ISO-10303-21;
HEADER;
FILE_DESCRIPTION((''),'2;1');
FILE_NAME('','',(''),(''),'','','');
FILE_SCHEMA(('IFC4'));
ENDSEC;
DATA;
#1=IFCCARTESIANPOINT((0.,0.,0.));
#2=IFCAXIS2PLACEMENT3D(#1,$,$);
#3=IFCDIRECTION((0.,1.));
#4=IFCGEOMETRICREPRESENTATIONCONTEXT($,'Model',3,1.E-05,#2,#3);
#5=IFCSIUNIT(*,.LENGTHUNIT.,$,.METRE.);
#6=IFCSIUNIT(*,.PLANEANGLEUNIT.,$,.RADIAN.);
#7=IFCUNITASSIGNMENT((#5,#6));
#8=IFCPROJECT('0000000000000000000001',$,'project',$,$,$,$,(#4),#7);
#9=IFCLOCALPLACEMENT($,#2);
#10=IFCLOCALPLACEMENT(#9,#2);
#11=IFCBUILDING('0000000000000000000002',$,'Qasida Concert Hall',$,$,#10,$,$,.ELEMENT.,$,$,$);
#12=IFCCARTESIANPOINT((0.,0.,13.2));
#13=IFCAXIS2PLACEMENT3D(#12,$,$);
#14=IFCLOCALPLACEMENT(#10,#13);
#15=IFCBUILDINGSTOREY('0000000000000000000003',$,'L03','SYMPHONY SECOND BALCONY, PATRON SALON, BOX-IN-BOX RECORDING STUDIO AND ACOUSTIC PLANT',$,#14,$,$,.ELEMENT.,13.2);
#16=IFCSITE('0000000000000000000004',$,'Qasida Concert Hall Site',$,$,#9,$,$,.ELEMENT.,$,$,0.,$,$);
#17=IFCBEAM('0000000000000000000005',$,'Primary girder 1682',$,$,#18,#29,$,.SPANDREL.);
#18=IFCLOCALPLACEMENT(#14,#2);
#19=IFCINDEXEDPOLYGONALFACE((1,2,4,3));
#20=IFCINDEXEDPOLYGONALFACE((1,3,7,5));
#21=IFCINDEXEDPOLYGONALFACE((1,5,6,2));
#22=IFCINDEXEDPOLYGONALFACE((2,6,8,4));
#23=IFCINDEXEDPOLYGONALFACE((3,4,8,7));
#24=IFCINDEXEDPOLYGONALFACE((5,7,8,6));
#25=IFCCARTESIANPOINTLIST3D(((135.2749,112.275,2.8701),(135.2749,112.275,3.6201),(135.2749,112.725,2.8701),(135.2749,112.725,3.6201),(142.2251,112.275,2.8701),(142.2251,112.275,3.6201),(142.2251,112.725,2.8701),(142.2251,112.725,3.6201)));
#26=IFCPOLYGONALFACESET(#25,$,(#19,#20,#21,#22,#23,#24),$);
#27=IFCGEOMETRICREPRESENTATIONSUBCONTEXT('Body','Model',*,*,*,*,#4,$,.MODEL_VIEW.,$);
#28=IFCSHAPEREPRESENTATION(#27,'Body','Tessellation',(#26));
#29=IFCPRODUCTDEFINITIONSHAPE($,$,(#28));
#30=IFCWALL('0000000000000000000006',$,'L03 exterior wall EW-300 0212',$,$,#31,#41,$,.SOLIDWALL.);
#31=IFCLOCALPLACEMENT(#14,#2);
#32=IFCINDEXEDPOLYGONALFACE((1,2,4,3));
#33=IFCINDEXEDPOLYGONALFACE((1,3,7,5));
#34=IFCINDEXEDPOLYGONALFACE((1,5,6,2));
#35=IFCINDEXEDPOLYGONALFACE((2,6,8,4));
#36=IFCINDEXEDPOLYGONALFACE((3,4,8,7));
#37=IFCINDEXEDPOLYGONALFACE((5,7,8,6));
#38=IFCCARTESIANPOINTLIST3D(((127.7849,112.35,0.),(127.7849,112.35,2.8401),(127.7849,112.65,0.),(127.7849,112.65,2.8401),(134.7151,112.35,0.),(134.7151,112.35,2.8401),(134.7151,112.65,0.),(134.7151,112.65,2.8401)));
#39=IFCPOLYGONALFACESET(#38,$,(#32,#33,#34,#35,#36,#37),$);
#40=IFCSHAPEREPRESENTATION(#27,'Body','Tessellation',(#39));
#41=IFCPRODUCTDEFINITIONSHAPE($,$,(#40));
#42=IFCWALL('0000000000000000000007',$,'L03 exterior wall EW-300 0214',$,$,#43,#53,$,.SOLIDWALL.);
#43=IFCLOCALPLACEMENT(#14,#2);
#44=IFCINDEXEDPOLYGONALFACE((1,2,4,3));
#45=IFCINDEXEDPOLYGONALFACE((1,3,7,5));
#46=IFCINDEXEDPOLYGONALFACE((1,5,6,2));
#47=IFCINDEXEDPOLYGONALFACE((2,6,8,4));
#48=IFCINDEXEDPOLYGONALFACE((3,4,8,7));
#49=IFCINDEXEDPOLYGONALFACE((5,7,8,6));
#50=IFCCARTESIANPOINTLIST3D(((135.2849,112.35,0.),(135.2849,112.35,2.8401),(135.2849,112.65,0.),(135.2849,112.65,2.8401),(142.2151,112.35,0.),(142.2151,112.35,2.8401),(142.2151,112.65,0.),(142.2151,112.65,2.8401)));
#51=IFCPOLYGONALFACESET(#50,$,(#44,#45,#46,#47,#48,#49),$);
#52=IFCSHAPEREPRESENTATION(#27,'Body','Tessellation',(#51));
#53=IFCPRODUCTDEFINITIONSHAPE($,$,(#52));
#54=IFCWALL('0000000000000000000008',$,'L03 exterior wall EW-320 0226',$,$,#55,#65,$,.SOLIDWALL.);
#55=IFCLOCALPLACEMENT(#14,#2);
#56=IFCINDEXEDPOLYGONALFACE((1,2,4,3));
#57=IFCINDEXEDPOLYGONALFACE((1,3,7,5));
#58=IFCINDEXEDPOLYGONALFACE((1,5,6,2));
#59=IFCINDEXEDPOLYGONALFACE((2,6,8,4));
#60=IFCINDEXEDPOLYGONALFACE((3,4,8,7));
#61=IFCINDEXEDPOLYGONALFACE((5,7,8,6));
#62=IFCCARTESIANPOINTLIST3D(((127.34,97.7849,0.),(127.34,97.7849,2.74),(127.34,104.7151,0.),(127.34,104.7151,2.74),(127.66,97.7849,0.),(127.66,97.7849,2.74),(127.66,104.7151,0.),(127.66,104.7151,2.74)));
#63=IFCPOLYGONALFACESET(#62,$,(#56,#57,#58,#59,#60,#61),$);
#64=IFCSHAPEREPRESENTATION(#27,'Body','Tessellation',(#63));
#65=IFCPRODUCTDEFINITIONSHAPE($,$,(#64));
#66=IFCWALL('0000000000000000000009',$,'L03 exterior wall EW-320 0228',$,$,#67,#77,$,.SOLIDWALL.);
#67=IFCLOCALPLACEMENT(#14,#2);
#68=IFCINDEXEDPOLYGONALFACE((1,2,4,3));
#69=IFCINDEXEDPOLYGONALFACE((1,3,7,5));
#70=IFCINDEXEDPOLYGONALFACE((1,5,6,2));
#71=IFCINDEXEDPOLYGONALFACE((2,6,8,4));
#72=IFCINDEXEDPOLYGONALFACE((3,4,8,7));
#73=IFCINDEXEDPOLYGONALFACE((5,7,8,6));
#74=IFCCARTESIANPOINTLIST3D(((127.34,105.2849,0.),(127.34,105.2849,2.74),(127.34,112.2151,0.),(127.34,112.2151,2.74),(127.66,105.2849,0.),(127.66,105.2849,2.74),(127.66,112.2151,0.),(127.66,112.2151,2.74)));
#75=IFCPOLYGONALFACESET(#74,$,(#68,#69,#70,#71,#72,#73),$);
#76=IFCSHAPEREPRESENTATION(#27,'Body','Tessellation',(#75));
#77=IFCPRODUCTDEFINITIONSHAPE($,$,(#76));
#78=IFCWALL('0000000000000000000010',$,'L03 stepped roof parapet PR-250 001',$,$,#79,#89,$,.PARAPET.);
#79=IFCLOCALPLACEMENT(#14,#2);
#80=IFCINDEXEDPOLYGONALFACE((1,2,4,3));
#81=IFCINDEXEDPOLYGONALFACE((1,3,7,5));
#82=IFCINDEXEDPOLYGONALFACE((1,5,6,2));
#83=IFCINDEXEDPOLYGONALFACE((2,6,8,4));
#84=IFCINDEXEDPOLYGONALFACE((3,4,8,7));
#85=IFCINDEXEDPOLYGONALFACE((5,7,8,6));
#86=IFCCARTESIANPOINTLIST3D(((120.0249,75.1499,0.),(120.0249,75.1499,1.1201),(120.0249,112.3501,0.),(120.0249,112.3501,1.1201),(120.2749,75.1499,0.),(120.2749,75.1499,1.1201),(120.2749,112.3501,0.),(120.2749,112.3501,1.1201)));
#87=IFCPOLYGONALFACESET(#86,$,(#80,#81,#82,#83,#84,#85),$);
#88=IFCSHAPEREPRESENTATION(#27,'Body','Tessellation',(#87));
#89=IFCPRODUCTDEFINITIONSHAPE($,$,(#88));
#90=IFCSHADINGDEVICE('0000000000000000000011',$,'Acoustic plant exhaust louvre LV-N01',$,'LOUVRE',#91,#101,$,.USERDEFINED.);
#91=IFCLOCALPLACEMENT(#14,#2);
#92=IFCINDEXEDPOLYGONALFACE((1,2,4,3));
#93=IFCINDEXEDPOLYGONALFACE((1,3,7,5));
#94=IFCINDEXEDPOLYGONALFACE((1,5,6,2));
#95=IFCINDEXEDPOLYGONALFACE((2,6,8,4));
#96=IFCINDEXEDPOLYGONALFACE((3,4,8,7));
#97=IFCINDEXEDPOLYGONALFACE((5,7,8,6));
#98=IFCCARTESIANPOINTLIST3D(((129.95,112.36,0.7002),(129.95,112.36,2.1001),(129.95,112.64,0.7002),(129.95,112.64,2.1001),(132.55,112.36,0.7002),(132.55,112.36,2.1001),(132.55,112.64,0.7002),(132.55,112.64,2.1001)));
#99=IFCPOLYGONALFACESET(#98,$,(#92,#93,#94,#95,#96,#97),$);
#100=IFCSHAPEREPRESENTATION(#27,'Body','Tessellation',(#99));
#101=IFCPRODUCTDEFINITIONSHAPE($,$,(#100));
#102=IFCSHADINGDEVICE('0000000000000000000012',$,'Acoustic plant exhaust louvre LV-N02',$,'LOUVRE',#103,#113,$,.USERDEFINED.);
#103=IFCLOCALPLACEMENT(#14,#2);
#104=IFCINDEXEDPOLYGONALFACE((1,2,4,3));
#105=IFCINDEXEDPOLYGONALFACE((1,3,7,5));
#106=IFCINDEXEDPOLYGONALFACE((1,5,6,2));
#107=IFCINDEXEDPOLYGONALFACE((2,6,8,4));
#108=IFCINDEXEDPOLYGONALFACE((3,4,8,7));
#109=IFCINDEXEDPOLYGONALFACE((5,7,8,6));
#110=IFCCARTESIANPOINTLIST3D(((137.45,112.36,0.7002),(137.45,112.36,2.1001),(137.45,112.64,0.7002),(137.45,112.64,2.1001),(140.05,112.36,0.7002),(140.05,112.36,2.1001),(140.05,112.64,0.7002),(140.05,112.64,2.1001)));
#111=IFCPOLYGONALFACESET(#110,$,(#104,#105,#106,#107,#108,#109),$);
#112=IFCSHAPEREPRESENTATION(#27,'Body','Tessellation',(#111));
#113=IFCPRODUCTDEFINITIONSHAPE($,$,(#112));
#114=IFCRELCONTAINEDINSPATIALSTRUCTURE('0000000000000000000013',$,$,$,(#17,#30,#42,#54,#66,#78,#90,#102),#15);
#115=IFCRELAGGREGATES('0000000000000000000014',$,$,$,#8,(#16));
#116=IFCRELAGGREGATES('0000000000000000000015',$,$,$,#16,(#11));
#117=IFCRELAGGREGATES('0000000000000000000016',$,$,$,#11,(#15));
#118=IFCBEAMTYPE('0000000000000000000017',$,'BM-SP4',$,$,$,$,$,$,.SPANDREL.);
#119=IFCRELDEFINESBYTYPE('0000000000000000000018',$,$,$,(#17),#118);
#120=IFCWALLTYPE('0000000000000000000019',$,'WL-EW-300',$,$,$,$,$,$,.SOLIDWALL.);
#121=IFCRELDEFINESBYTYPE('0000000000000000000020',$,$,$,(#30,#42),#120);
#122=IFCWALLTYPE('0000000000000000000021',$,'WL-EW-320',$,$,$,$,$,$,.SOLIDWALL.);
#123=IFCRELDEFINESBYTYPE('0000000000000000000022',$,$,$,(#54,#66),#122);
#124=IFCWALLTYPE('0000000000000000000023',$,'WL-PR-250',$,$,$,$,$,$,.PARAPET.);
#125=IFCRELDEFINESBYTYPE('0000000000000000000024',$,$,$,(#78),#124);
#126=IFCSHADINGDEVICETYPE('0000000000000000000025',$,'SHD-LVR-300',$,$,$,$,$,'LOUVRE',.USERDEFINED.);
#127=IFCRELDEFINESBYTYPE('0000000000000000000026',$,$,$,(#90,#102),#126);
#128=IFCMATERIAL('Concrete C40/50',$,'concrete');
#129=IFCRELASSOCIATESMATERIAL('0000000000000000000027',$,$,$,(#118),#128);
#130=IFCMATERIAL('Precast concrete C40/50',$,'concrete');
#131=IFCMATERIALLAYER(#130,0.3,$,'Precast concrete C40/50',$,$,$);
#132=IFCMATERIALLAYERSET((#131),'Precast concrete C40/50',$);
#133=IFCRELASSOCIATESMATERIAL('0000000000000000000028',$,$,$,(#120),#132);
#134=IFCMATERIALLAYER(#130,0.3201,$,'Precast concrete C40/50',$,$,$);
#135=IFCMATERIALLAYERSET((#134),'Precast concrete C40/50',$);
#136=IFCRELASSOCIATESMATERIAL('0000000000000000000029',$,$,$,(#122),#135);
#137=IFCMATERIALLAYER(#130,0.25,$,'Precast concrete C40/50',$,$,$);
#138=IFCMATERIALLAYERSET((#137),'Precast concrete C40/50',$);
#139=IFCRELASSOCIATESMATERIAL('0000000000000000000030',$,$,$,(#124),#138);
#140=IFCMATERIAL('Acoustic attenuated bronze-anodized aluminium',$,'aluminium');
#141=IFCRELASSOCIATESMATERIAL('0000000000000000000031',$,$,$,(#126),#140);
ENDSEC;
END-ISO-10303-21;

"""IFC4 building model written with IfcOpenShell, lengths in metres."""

from ifc_helpers import new_model, si_unit, direction, frame, frame_2d, origin, origin_2d, place, context, subcontext, project, spatial, rectangle, extrude, material, layer, layer_set, material_profile, profile_set, type_object, element, save


model = new_model("IFC4")

# Units and contexts
model_context = context("Model", 3, precision=1e-05, world=origin(), true_north=direction((0.0, 1.0)))
body_context = subcontext(model_context, "Body", "Model", "MODEL_VIEW")
ifc_project = project(units=[si_unit("LENGTHUNIT", "METRE"), si_unit("PLANEANGLEUNIT", "RADIAN")], contexts=[model_context])

# Site, building, storey
site_placement = place(None, origin())
site = spatial("IfcSite", under=ifc_project, at=site_placement, Name="Qasida Concert Hall Site", CompositionType="ELEMENT", RefElevation=0.0)
building_placement = place(site_placement, origin())
building = spatial("IfcBuilding", under=site, at=building_placement, Name="Qasida Concert Hall", CompositionType="ELEMENT")
storey_placement = place(building_placement, frame((0.0, 0.0, 13.2)))
storey = spatial("IfcBuildingStorey", under=building, at=storey_placement, Name="L03", Description="SYMPHONY SECOND BALCONY, PATRON SALON, BOX-IN-BOX RECORDING STUDIO AND ACOUSTIC PLANT", CompositionType="ELEMENT", Elevation=13.2)

# Beam
ifc_material_1 = material(Name="Concrete C40/50", Category="concrete")
ifc_material_profile_1 = material_profile(ifc_material_1, rectangle(XDim=0.45, YDim=0.75, at=origin_2d()), Name="RC 450x750")
ifc_profile_set_1 = profile_set([ifc_material_profile_1], Name="Concrete C40/50")
beam_type_1 = type_object("IfcBeamType", Name="BM-SP4", PredefinedType="SPANDREL", material=ifc_profile_set_1)
beam_1_placement = place(storey_placement, frame((135.2749, 112.5, 3.2451), z_axis=(1.0, 0.0, 0.0), x_axis=(0.0, 1.0, 0.0)))
element("IfcBeam", 1, at=beam_1_placement, inside=storey, type_object=beam_type_1, Name="Primary girder 1682", PredefinedType="SPANDREL", context=body_context, shape_type="SweptSolid", body=[
    extrude(rectangle(XDim=0.45, YDim=0.75, at=origin_2d()), origin(), (0.0, 0.0, 1.0), 6.9502),
])

# Walls
ifc_material_2 = material(Name="Precast concrete C40/50", Category="concrete")
ifc_layer_1 = layer(ifc_material_2, 0.3, Name="Precast concrete C40/50")
ifc_layer_set_1 = layer_set([ifc_layer_1], Name="Precast concrete C40/50")
wall_type_1 = type_object("IfcWallType", Name="WL-EW-300", PredefinedType="SOLIDWALL", material=ifc_layer_set_1)
for number, where, z_axis, x_axis, name in (
    (2, (127.7849, 112.5, 0.0), (0.0, 0.0, 1.0), (1.0, 0.0, 0.0), "L03 exterior wall EW-300 0212"),
    (3, (135.2849, 112.5, 0.0), (0.0, 0.0, 1.0), (1.0, 0.0, 0.0), "L03 exterior wall EW-300 0214"),
):
    element("IfcWall", number, at=place(storey_placement, frame(where, z_axis=z_axis, x_axis=x_axis)), inside=storey, type_object=wall_type_1, Name=name, PredefinedType="SOLIDWALL", context=body_context, shape_type="SweptSolid", body=[
        extrude(rectangle(XDim=6.9302, YDim=0.3, at=frame_2d((3.4651, 0.0))), origin(), (0.0, 0.0, 1.0), 2.8401),
    ])
ifc_layer_2 = layer(ifc_material_2, 0.3201, Name="Precast concrete C40/50")
ifc_layer_set_2 = layer_set([ifc_layer_2], Name="Precast concrete C40/50")
wall_type_2 = type_object("IfcWallType", Name="WL-EW-320", PredefinedType="SOLIDWALL", material=ifc_layer_set_2)
for number, where, z_axis, x_axis, name in (
    (4, (127.5, 97.7849, 0.0), (0.0, 0.0, 1.0), (0.0, 1.0, 0.0), "L03 exterior wall EW-320 0226"),
    (5, (127.5, 105.2849, 0.0), (0.0, 0.0, 1.0), (0.0, 1.0, 0.0), "L03 exterior wall EW-320 0228"),
):
    element("IfcWall", number, at=place(storey_placement, frame(where, z_axis=z_axis, x_axis=x_axis)), inside=storey, type_object=wall_type_2, Name=name, PredefinedType="SOLIDWALL", context=body_context, shape_type="SweptSolid", body=[
        extrude(rectangle(XDim=6.9302, YDim=0.3201, at=frame_2d((3.4651, 0.0))), origin(), (0.0, 0.0, 1.0), 2.74),
    ])
ifc_layer_3 = layer(ifc_material_2, 0.25, Name="Precast concrete C40/50")
ifc_layer_set_3 = layer_set([ifc_layer_3], Name="Precast concrete C40/50")
wall_type_3 = type_object("IfcWallType", Name="WL-PR-250", PredefinedType="PARAPET", material=ifc_layer_set_3)
wall_placement = place(storey_placement, frame((120.1499, 112.3501, 0.0), z_axis=(0.0, 0.0, 1.0), x_axis=(0.0, -1.0, 0.0)))
element("IfcWall", 6, at=wall_placement, inside=storey, type_object=wall_type_3, Name="L03 stepped roof parapet PR-250 001", PredefinedType="PARAPET", context=body_context, shape_type="SweptSolid", body=[
    extrude(rectangle(XDim=37.2002, YDim=0.25, at=frame_2d((18.6001, 0.0))), origin(), (0.0, 0.0, 1.0), 1.1201),
])

# Shading devices
ifc_material_3 = material(Name="Acoustic attenuated bronze-anodized aluminium", Category="aluminium")
shading_device_type = type_object("IfcShadingDeviceType", Name="SHD-LVR-300", ElementType="LOUVRE", PredefinedType="USERDEFINED", material=ifc_material_3)
for number, where, z_axis, x_axis, name in (
    (7, (131.25, 112.5, 0.7002), (0.0, 0.0, 1.0), (1.0, 0.0, 0.0), "Acoustic plant exhaust louvre LV-N01"),
    (8, (138.75, 112.5, 0.7002), (0.0, 0.0, 1.0), (1.0, 0.0, 0.0), "Acoustic plant exhaust louvre LV-N02"),
):
    element("IfcShadingDevice", number, at=place(storey_placement, frame(where, z_axis=z_axis, x_axis=x_axis)), inside=storey, type_object=shading_device_type, Name=name, ObjectType="LOUVRE", PredefinedType="USERDEFINED", context=body_context, shape_type="SweptSolid", body=[
        extrude(rectangle(XDim=2.6001, YDim=0.28, at=origin_2d()), origin(), (0.0, 0.0, 1.0), 1.3999),
    ])

save(model, "model.ifc")
